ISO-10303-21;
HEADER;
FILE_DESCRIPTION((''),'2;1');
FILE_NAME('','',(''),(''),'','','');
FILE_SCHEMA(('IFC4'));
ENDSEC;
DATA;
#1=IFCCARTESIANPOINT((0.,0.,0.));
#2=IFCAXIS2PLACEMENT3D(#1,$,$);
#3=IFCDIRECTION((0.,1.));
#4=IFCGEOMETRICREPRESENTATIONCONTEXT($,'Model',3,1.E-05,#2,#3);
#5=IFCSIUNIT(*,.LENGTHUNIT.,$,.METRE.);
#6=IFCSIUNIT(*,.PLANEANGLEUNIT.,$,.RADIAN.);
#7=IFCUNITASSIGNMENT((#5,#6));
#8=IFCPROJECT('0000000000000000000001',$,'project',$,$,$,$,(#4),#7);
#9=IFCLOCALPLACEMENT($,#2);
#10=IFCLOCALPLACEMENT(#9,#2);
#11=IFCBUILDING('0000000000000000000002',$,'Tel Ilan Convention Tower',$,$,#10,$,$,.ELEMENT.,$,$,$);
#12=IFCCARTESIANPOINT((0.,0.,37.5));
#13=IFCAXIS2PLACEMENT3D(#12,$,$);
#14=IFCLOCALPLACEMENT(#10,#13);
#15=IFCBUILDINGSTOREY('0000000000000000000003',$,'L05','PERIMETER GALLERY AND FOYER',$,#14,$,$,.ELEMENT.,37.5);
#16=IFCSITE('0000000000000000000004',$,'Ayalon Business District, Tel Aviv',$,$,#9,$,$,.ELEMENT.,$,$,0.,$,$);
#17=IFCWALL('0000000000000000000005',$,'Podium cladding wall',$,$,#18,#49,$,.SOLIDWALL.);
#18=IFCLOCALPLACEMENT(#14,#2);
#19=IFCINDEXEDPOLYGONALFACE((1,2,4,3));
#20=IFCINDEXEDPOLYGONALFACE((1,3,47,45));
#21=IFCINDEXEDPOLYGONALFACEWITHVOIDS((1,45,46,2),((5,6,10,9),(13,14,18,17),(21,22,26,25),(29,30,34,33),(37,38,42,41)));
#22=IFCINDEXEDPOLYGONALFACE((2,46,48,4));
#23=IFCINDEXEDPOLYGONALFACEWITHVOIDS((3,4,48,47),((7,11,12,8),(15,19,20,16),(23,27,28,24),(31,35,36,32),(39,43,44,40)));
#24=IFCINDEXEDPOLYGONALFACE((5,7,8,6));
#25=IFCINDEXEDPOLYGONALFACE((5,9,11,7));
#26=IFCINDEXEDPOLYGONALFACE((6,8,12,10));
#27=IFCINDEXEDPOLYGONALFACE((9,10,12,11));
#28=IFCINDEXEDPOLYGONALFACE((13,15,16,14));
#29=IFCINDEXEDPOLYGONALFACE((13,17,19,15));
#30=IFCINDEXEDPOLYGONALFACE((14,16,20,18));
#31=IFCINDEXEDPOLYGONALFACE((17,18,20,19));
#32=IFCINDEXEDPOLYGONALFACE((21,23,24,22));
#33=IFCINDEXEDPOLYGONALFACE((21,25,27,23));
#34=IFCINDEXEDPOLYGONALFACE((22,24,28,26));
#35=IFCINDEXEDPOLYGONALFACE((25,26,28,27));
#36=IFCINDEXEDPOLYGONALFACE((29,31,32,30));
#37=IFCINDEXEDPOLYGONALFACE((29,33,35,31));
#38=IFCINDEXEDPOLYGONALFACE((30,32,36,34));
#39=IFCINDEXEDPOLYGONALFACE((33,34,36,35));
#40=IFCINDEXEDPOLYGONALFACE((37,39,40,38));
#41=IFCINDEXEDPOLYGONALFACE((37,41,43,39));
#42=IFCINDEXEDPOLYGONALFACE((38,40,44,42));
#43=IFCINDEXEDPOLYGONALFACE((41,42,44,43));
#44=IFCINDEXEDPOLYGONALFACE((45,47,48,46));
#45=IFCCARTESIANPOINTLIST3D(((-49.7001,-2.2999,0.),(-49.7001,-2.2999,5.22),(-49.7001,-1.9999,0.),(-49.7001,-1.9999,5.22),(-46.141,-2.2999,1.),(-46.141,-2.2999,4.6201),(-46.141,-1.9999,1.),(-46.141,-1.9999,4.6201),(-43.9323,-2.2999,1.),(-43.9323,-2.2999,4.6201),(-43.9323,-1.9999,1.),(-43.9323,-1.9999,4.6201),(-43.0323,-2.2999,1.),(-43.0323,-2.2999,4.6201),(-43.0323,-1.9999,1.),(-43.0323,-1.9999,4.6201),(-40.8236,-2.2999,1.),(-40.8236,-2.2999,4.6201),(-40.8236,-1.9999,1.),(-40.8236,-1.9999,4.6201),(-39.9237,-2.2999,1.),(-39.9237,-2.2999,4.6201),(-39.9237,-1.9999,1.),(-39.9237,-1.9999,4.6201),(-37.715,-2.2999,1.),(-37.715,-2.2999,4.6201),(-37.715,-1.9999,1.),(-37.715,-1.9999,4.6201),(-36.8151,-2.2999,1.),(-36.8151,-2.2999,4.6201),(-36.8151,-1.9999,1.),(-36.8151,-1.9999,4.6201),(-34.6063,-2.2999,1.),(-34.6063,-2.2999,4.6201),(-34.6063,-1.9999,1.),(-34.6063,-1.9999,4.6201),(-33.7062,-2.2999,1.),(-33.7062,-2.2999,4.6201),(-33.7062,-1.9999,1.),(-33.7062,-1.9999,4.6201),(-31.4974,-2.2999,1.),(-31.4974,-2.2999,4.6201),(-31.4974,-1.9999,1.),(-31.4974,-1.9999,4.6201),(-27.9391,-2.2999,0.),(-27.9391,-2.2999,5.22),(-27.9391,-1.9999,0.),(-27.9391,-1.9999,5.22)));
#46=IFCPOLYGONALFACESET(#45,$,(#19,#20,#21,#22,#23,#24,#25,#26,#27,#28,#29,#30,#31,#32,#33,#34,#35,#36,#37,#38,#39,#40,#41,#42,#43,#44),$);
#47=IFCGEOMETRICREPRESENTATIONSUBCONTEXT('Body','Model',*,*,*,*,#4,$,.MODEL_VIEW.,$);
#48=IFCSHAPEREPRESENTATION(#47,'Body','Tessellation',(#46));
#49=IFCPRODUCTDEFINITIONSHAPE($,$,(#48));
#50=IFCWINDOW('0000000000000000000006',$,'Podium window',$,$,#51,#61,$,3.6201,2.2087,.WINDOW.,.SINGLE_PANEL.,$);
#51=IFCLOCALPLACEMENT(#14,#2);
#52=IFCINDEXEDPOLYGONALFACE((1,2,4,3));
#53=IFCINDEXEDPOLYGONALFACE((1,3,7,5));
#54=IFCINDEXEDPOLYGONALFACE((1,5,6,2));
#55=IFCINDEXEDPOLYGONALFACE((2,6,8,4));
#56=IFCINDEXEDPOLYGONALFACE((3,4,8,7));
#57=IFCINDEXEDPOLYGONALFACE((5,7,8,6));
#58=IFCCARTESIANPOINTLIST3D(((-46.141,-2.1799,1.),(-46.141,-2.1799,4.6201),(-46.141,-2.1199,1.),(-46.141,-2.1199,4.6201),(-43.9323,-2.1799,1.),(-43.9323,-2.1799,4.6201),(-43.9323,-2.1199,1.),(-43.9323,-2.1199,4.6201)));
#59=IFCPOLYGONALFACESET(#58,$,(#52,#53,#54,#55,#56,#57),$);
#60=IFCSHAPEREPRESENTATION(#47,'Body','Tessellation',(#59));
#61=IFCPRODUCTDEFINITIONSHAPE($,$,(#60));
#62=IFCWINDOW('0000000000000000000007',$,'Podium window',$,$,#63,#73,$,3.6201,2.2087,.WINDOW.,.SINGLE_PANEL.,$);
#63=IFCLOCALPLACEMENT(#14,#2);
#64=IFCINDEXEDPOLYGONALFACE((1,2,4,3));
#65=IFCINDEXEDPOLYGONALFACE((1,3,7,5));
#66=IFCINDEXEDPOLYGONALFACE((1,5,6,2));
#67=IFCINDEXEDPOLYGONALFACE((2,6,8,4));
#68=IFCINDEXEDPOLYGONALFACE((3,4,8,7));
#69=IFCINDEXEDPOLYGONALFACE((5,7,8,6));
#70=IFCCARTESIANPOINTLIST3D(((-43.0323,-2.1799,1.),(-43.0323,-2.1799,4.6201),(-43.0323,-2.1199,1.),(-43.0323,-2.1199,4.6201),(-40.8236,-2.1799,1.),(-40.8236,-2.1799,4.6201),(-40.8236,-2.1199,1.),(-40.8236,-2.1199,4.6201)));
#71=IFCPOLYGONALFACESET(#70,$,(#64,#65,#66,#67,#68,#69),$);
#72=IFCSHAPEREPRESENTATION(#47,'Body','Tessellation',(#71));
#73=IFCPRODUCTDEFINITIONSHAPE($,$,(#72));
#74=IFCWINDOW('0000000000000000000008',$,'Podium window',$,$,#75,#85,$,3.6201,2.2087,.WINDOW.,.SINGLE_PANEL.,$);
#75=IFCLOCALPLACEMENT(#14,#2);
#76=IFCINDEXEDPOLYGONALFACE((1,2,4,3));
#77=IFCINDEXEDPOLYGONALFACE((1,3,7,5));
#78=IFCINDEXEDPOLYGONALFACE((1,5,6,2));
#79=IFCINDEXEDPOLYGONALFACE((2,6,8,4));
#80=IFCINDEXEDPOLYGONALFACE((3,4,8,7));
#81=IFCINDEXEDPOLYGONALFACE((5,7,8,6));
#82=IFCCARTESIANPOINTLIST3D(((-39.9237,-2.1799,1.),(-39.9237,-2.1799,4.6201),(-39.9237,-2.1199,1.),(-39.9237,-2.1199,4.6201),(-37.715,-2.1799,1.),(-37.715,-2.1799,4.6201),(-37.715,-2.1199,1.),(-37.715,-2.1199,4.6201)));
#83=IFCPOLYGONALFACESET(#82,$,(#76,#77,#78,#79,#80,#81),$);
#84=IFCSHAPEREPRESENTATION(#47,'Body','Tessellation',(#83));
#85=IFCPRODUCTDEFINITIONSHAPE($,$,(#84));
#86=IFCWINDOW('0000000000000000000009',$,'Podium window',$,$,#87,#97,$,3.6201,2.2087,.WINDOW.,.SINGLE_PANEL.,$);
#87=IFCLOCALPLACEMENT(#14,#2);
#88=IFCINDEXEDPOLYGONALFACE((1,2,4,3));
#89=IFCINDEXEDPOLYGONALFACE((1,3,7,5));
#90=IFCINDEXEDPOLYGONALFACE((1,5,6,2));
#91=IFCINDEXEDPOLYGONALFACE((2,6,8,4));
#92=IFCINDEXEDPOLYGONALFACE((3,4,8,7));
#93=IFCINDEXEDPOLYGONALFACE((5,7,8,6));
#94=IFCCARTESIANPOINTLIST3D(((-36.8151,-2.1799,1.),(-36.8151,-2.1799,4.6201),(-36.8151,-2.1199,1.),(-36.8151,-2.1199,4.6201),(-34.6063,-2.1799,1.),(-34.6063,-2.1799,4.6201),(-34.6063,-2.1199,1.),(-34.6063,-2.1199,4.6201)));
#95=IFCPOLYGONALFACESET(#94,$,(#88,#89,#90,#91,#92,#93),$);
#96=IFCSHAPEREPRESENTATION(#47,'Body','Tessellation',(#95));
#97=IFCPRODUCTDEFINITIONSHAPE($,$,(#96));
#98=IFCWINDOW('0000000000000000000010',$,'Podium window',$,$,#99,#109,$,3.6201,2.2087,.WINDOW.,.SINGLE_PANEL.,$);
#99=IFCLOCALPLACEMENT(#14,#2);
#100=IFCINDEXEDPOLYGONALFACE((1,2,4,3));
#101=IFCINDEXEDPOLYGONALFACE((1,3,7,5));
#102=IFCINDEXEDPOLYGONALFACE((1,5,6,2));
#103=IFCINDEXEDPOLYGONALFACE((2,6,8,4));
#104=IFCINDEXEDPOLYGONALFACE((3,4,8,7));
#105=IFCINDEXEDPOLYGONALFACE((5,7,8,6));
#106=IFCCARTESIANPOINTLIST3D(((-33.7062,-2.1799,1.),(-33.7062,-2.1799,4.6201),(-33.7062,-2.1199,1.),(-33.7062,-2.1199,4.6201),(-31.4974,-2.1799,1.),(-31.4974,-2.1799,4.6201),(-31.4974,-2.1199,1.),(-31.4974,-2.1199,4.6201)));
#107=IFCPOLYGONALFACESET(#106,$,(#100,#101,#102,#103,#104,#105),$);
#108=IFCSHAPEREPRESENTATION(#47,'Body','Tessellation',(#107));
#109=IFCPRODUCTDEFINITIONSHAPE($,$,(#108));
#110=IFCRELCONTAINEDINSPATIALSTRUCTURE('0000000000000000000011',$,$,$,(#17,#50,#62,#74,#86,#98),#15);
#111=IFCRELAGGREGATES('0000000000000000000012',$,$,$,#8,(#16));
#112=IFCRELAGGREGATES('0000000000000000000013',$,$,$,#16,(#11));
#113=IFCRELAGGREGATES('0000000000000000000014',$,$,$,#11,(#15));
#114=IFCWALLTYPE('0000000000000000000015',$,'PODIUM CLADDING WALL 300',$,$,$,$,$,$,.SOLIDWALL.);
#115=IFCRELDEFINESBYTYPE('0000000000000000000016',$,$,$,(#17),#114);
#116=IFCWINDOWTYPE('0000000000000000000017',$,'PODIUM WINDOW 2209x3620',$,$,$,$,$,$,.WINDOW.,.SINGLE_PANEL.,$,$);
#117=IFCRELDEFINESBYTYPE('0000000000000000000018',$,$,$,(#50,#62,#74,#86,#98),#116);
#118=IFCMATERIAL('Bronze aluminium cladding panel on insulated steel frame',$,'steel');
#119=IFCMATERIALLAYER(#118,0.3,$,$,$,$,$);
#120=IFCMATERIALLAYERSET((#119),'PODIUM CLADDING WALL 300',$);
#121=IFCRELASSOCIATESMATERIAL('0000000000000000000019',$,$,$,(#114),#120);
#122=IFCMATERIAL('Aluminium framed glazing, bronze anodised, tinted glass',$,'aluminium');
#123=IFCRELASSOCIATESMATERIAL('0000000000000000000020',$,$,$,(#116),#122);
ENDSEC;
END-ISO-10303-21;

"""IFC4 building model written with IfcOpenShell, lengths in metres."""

from ifc_helpers import new_model, si_unit, direction, frame, frame_2d, origin, place, context, subcontext, project, spatial, rectangle, extrude, material, layer, layer_set, type_object, element, fill, save


model = new_model("IFC4")

# Units and contexts
model_context = context("Model", 3, precision=1e-05, world=origin(), true_north=direction((0.0, 1.0)))
body_context = subcontext(model_context, "Body", "Model", "MODEL_VIEW")
ifc_project = project(units=[si_unit("LENGTHUNIT", "METRE"), si_unit("PLANEANGLEUNIT", "RADIAN")], contexts=[model_context])

# Site, building, storey
site_placement = place(None, origin())
site = spatial("IfcSite", under=ifc_project, at=site_placement, Name="Ayalon Business District, Tel Aviv", CompositionType="ELEMENT", RefElevation=0.0)
building_placement = place(site_placement, origin())
building = spatial("IfcBuilding", under=site, at=building_placement, Name="Tel Ilan Convention Tower", CompositionType="ELEMENT")
storey_placement = place(building_placement, frame((0.0, 0.0, 37.5)))
storey = spatial("IfcBuildingStorey", under=building, at=storey_placement, Name="L05", Description="PERIMETER GALLERY AND FOYER", CompositionType="ELEMENT", Elevation=37.5)

# Wall, openings, windows
ifc_material_1 = material(Name="Bronze aluminium cladding panel on insulated steel frame", Category="steel")
ifc_layer_1 = layer(ifc_material_1, 0.3)
ifc_layer_set_1 = layer_set([ifc_layer_1], Name="PODIUM CLADDING WALL 300")
wall_type_1 = type_object("IfcWallType", Name="PODIUM CLADDING WALL 300", PredefinedType="SOLIDWALL", material=ifc_layer_set_1)
wall_1_placement = place(storey_placement, frame((-49.7, -2.1499, 0.0), z_axis=(0.0, 0.0, 1.0), x_axis=(1.0, 0.0, 0.0)))
wall_1 = element("IfcWall", 1, at=wall_1_placement, inside=storey, type_object=wall_type_1, Name="Podium cladding wall", PredefinedType="SOLIDWALL", context=body_context, shape_type="SweptSolid", body=[
    extrude(rectangle(XDim=21.761, YDim=0.3, at=frame_2d((10.8804, 0.0))), origin(), (0.0, 0.0, 1.0), 5.22),
])
opening_1_placement = place(wall_1_placement, frame((3.5588, 0.0, 1.0)))
opening_1 = element("IfcOpeningElement", 2, at=opening_1_placement, cuts=wall_1, PredefinedType="OPENING", context=body_context, shape_type="SweptSolid", body=[
    extrude(rectangle(XDim=2.2087, YDim=3.6201, at=frame_2d((1.1045, 1.8101))), frame((0.0, 0.1599, 0.0), z_axis=(0.0, -1.0, 0.0), x_axis=(1.0, 0.0, 0.0)), (0.0, 0.0, 1.0), 0.3201),
])
opening_2_placement = place(wall_1_placement, frame((6.6675, 0.0, 1.0)))
opening_2 = element("IfcOpeningElement", 3, at=opening_2_placement, cuts=wall_1, PredefinedType="OPENING", context=body_context, shape_type="SweptSolid", body=[
    extrude(rectangle(XDim=2.2087, YDim=3.6201, at=frame_2d((1.1045, 1.8101))), frame((0.0, 0.1599, 0.0), z_axis=(0.0, -1.0, 0.0), x_axis=(1.0, 0.0, 0.0)), (0.0, 0.0, 1.0), 0.3201),
])
opening_3_placement = place(wall_1_placement, frame((9.7761, 0.0, 1.0)))
opening_3 = element("IfcOpeningElement", 4, at=opening_3_placement, cuts=wall_1, PredefinedType="OPENING", context=body_context, shape_type="SweptSolid", body=[
    extrude(rectangle(XDim=2.2087, YDim=3.6201, at=frame_2d((1.1045, 1.8101))), frame((0.0, 0.1599, 0.0), z_axis=(0.0, -1.0, 0.0), x_axis=(1.0, 0.0, 0.0)), (0.0, 0.0, 1.0), 0.3201),
])
opening_4_placement = place(wall_1_placement, frame((12.8848, 0.0, 1.0)))
opening_4 = element("IfcOpeningElement", 5, at=opening_4_placement, cuts=wall_1, PredefinedType="OPENING", context=body_context, shape_type="SweptSolid", body=[
    extrude(rectangle(XDim=2.2087, YDim=3.6201, at=frame_2d((1.1045, 1.8101))), frame((0.0, 0.1599, 0.0), z_axis=(0.0, -1.0, 0.0), x_axis=(1.0, 0.0, 0.0)), (0.0, 0.0, 1.0), 0.3201),
])
opening_5_placement = place(wall_1_placement, frame((15.9937, 0.0, 1.0)))
opening_5 = element("IfcOpeningElement", 6, at=opening_5_placement, cuts=wall_1, PredefinedType="OPENING", context=body_context, shape_type="SweptSolid", body=[
    extrude(rectangle(XDim=2.2087, YDim=3.6201, at=frame_2d((1.1045, 1.8101))), frame((0.0, 0.1599, 0.0), z_axis=(0.0, -1.0, 0.0), x_axis=(1.0, 0.0, 0.0)), (0.0, 0.0, 1.0), 0.3201),
])
ifc_material_2 = material(Name="Aluminium framed glazing, bronze anodised, tinted glass", Category="aluminium")
window_type_1 = type_object("IfcWindowType", Name="PODIUM WINDOW 2209x3620", PartitioningType="SINGLE_PANEL", PredefinedType="WINDOW", material=ifc_material_2)
window_1_placement = place(opening_1_placement, origin())
window_1 = element("IfcWindow", 7, at=window_1_placement, inside=storey, type_object=window_type_1, Name="Podium window", OverallHeight=3.6201, OverallWidth=2.2087, PartitioningType="SINGLE_PANEL", PredefinedType="WINDOW", context=body_context, shape_type="SweptSolid", body=[
    extrude(rectangle(XDim=2.2087, YDim=3.6201, at=frame_2d((1.1045, 1.8101))), frame((0.0, 0.03, 0.0), z_axis=(0.0, -1.0, 0.0), x_axis=(1.0, 0.0, 0.0)), (0.0, 0.0, 1.0), 0.0601),
])
fill(opening_1, window_1)
window_2_placement = place(opening_2_placement, origin())
window_2 = element("IfcWindow", 8, at=window_2_placement, inside=storey, type_object=window_type_1, Name="Podium window", OverallHeight=3.6201, OverallWidth=2.2087, PartitioningType="SINGLE_PANEL", PredefinedType="WINDOW", context=body_context, shape_type="SweptSolid", body=[
    extrude(rectangle(XDim=2.2087, YDim=3.6201, at=frame_2d((1.1045, 1.8101))), frame((0.0, 0.03, 0.0), z_axis=(0.0, -1.0, 0.0), x_axis=(1.0, 0.0, 0.0)), (0.0, 0.0, 1.0), 0.0601),
])
fill(opening_2, window_2)
window_3_placement = place(opening_3_placement, origin())
window_3 = element("IfcWindow", 9, at=window_3_placement, inside=storey, type_object=window_type_1, Name="Podium window", OverallHeight=3.6201, OverallWidth=2.2087, PartitioningType="SINGLE_PANEL", PredefinedType="WINDOW", context=body_context, shape_type="SweptSolid", body=[
    extrude(rectangle(XDim=2.2087, YDim=3.6201, at=frame_2d((1.1045, 1.8101))), frame((0.0, 0.03, 0.0), z_axis=(0.0, -1.0, 0.0), x_axis=(1.0, 0.0, 0.0)), (0.0, 0.0, 1.0), 0.0601),
])
fill(opening_3, window_3)
window_4_placement = place(opening_4_placement, origin())
window_4 = element("IfcWindow", 10, at=window_4_placement, inside=storey, type_object=window_type_1, Name="Podium window", OverallHeight=3.6201, OverallWidth=2.2087, PartitioningType="SINGLE_PANEL", PredefinedType="WINDOW", context=body_context, shape_type="SweptSolid", body=[
    extrude(rectangle(XDim=2.2087, YDim=3.6201, at=frame_2d((1.1045, 1.8101))), frame((0.0, 0.03, 0.0), z_axis=(0.0, -1.0, 0.0), x_axis=(1.0, 0.0, 0.0)), (0.0, 0.0, 1.0), 0.0601),
])
fill(opening_4, window_4)
window_5_placement = place(opening_5_placement, origin())
window_5 = element("IfcWindow", 11, at=window_5_placement, inside=storey, type_object=window_type_1, Name="Podium window", OverallHeight=3.6201, OverallWidth=2.2087, PartitioningType="SINGLE_PANEL", PredefinedType="WINDOW", context=body_context, shape_type="SweptSolid", body=[
    extrude(rectangle(XDim=2.2087, YDim=3.6201, at=frame_2d((1.1045, 1.8101))), frame((0.0, 0.03, 0.0), z_axis=(0.0, -1.0, 0.0), x_axis=(1.0, 0.0, 0.0)), (0.0, 0.0, 1.0), 0.0601),
])
fill(opening_5, window_5)

save(model, "model.ifc")
